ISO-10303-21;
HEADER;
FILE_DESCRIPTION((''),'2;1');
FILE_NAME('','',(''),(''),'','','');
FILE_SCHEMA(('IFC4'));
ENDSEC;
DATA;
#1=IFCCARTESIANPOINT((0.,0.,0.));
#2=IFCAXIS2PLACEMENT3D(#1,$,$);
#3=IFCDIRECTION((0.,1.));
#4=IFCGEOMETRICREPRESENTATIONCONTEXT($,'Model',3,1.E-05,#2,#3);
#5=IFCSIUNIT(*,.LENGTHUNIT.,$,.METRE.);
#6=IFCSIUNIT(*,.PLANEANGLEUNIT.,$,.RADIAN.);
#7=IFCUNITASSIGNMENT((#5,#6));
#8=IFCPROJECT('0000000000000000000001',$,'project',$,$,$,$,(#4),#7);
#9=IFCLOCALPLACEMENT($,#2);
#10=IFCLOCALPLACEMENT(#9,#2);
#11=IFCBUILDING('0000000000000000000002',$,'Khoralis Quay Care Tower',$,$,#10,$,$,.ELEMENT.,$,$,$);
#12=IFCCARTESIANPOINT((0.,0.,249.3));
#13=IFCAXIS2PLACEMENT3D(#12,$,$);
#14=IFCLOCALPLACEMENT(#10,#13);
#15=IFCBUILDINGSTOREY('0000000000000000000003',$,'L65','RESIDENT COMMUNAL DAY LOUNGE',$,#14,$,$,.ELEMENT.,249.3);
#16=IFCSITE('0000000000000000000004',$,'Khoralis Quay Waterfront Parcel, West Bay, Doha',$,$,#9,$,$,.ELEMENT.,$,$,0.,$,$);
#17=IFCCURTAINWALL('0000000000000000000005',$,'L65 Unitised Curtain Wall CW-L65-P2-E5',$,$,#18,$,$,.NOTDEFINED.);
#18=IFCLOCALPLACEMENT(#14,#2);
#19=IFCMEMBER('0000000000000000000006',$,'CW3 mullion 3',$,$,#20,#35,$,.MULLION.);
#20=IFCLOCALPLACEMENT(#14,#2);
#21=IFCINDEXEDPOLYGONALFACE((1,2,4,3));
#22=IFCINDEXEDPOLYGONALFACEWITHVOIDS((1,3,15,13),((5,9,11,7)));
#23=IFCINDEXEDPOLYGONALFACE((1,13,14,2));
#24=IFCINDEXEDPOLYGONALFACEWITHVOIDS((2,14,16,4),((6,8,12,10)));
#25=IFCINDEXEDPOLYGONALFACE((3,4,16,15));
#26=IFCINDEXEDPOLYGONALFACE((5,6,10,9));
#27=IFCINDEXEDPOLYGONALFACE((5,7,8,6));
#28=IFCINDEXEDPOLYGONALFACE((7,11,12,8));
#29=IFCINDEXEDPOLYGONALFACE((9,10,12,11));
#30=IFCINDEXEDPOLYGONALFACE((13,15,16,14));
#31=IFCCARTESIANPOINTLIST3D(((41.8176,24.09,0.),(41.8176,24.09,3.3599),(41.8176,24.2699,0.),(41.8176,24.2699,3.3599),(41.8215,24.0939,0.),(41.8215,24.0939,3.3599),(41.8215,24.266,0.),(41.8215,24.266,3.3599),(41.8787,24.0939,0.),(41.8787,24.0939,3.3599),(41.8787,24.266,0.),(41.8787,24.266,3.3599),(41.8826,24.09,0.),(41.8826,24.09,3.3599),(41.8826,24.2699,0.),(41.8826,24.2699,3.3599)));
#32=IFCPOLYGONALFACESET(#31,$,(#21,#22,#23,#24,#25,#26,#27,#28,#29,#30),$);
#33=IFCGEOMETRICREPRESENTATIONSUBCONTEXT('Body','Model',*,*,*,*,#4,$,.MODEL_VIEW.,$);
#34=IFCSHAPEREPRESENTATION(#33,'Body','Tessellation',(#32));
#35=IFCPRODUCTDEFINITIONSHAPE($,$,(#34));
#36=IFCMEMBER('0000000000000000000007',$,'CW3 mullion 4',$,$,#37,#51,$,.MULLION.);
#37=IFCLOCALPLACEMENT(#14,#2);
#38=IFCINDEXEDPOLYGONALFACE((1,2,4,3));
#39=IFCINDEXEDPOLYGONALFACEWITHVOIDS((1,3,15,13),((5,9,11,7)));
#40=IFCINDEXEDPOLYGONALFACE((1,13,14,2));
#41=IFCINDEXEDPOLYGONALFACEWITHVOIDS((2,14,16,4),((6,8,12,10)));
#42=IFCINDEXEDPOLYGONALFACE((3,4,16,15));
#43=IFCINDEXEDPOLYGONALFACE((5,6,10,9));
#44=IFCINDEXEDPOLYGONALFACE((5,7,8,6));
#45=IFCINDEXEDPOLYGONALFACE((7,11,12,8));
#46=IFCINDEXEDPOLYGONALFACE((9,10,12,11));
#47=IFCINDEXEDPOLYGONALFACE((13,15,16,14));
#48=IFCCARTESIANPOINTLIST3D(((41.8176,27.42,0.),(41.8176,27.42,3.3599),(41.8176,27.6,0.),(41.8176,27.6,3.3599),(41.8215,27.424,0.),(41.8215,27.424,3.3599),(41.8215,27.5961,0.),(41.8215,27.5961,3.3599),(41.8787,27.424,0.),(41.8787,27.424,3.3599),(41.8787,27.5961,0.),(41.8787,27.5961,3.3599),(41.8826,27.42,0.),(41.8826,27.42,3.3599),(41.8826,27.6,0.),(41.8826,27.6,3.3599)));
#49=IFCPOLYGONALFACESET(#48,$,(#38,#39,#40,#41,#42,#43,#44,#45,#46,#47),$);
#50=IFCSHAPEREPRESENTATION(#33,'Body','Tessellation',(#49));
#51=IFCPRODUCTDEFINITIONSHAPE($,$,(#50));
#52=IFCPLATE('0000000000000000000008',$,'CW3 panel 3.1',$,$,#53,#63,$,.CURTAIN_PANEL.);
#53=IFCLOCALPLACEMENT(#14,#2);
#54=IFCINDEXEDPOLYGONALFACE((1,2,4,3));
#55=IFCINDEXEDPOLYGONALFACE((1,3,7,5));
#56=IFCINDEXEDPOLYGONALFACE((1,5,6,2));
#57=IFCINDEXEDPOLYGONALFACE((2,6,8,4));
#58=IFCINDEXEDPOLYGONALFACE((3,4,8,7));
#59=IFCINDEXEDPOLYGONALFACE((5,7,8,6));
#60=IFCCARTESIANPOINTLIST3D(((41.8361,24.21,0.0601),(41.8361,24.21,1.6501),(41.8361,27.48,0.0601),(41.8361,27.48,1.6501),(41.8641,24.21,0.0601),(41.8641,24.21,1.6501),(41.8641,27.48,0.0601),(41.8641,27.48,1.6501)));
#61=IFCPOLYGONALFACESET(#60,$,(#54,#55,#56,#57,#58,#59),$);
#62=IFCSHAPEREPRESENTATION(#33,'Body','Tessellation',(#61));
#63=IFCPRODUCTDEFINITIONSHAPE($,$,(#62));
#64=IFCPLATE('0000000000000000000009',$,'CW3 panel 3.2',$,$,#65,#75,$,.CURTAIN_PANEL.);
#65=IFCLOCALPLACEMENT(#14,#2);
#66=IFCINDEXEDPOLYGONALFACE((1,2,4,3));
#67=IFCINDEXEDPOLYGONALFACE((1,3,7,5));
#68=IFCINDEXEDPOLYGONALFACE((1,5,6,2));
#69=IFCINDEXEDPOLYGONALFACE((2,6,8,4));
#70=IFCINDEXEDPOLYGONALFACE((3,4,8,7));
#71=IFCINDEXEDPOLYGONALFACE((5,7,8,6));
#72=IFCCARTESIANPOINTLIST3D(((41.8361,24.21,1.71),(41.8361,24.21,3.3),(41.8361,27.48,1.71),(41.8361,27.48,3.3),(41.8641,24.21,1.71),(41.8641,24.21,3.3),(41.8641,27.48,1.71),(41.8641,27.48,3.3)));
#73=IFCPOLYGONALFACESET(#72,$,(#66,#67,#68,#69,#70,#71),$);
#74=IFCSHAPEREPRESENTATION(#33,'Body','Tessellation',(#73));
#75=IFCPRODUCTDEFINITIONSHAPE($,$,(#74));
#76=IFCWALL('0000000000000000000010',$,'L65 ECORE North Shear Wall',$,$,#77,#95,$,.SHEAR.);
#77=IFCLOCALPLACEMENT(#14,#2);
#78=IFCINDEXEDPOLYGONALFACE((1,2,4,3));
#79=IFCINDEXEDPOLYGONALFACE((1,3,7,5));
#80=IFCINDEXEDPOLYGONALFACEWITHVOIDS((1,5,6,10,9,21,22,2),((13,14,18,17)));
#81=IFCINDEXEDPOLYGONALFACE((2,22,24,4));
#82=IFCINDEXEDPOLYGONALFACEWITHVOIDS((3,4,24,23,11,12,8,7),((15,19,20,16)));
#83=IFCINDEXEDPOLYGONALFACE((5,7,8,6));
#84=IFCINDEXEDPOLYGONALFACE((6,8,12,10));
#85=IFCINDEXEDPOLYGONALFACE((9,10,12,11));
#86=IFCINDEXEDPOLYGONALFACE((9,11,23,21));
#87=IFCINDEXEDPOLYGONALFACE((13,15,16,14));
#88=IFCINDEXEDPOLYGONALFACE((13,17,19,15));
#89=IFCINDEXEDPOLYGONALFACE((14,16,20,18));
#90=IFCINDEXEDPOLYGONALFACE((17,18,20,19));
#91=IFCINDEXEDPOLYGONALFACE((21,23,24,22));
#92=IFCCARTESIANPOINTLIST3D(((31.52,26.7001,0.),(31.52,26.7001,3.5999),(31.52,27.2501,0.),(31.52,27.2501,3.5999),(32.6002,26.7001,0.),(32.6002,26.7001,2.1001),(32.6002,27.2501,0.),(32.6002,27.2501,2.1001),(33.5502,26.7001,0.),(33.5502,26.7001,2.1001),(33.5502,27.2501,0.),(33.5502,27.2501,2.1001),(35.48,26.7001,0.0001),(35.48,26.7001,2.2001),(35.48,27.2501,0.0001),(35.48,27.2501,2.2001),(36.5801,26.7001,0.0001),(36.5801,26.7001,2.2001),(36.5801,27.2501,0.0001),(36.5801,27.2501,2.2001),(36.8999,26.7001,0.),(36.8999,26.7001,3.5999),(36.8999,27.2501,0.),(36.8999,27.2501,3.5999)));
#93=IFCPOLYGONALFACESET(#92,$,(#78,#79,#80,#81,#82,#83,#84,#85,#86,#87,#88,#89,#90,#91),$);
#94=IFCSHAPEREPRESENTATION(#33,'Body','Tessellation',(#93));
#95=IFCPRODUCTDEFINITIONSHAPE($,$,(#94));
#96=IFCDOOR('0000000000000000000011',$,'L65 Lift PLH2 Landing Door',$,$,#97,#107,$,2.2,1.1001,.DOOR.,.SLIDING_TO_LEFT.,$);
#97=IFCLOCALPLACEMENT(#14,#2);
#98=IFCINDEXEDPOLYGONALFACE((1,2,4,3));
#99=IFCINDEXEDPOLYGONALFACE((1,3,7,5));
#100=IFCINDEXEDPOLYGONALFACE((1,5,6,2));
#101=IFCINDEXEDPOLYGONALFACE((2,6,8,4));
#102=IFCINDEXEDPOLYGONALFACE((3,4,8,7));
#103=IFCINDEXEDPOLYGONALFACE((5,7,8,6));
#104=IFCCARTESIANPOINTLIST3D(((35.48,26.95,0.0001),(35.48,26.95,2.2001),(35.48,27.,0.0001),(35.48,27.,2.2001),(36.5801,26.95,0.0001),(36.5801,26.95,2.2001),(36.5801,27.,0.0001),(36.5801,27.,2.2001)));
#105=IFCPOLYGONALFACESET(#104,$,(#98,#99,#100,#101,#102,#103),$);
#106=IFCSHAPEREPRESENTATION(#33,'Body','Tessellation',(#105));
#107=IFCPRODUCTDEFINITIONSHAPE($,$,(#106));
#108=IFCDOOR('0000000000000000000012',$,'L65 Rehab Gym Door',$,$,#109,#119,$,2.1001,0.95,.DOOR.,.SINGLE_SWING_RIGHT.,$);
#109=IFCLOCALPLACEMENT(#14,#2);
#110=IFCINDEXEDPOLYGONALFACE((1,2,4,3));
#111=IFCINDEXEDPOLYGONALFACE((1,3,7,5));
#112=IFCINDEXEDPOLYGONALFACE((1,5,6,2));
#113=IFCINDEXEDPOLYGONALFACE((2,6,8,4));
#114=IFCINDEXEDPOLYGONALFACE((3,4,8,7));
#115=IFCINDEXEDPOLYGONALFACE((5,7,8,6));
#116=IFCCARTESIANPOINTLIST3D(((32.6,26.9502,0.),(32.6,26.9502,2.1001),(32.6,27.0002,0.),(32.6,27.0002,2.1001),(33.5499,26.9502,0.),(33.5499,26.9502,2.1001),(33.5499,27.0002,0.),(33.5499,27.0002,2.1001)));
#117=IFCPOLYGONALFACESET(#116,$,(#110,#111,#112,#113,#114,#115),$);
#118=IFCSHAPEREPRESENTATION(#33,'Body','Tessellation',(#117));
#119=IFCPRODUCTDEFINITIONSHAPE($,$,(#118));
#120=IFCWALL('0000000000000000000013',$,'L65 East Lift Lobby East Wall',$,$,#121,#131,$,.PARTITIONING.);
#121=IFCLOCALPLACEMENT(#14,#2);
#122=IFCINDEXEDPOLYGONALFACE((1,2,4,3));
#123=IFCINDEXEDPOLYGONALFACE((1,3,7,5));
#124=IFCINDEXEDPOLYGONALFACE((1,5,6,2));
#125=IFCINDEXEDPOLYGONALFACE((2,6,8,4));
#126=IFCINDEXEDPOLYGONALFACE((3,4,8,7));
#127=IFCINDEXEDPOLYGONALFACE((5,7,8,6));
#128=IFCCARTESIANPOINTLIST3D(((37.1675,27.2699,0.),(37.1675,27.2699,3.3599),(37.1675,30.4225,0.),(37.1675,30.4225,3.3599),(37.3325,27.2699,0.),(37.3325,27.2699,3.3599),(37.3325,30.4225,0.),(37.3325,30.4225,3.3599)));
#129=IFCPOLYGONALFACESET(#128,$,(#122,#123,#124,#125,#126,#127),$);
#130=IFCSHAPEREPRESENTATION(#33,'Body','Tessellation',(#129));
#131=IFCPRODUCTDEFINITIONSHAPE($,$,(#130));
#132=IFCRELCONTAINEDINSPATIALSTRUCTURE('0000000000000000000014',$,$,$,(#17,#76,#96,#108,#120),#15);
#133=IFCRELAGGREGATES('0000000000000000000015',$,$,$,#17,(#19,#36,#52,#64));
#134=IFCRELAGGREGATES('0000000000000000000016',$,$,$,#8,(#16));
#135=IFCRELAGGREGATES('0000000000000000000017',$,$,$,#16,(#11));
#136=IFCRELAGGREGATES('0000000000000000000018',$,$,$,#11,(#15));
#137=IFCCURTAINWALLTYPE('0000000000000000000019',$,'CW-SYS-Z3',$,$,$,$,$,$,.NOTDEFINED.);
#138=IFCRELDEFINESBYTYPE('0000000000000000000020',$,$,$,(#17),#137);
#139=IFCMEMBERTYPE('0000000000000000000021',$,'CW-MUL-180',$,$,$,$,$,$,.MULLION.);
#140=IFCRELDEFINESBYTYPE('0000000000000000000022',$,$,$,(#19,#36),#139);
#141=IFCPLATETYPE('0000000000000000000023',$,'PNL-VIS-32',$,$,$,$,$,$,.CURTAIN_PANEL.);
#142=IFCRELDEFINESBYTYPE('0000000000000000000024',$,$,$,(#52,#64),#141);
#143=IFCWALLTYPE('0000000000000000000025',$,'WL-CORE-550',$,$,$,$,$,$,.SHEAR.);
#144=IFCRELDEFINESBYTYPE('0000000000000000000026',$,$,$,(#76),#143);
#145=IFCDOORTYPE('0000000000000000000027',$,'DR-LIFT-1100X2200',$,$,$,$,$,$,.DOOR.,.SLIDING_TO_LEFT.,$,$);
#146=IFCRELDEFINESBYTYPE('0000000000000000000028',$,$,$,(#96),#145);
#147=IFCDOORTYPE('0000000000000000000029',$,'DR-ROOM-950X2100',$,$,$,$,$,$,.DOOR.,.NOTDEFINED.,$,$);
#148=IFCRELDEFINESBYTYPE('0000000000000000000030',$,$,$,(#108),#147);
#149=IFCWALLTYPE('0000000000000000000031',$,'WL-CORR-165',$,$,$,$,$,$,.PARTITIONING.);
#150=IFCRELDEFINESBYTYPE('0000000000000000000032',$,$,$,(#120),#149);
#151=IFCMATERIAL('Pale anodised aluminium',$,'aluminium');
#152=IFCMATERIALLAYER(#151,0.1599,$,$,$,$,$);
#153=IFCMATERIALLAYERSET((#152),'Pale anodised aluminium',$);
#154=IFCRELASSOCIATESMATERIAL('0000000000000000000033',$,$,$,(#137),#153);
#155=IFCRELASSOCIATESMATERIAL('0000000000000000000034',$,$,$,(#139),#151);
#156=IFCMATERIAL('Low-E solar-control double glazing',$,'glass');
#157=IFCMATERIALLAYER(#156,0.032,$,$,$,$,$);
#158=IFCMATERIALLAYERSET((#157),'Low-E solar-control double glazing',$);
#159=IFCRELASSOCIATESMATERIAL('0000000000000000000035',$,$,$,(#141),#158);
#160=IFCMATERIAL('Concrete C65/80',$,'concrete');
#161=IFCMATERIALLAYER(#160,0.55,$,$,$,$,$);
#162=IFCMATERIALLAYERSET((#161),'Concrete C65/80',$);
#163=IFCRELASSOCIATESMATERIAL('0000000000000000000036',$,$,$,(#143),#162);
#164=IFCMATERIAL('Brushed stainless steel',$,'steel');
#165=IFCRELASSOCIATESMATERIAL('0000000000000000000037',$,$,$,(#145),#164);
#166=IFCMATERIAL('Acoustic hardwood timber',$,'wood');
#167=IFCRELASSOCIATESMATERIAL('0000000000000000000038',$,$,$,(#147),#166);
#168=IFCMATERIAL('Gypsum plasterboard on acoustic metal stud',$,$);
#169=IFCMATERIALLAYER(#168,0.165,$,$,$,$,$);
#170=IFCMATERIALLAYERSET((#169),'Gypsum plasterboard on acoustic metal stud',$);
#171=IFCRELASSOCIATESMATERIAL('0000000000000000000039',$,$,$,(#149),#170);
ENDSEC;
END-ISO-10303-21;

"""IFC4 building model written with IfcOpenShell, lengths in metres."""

from ifc_helpers import new_model, si_unit, direction, frame, frame_2d, origin, origin_2d, place, context, subcontext, project, spatial, rectangle, hollow_rectangle, extrude, source, transform, mapped, material, layer, layer_set, material_profile, profile_set, type_object, element, fill, aggregate, save


model = new_model("IFC4")

# Units and contexts
model_context = context("Model", 3, precision=1e-05, world=origin(), true_north=direction((0.0, 1.0)))
body_context = subcontext(model_context, "Body", "Model", "MODEL_VIEW")
ifc_project = project(units=[si_unit("LENGTHUNIT", "METRE"), si_unit("PLANEANGLEUNIT", "RADIAN")], contexts=[model_context])

# Site, building, storey
site_placement = place(None, origin())
site = spatial("IfcSite", under=ifc_project, at=site_placement, Name="Khoralis Quay Waterfront Parcel, West Bay, Doha", CompositionType="ELEMENT", RefElevation=0.0)
building_placement = place(site_placement, origin())
building = spatial("IfcBuilding", under=site, at=building_placement, Name="Khoralis Quay Care Tower", CompositionType="ELEMENT")
storey_placement = place(building_placement, frame((0.0, 0.0, 249.3)))
storey = spatial("IfcBuildingStorey", under=building, at=storey_placement, Name="L65", Description="RESIDENT COMMUNAL DAY LOUNGE", CompositionType="ELEMENT", Elevation=249.3)

# Curtain wall, members, plates
ifc_material_1 = material(Name="Pale anodised aluminium", Category="aluminium")
ifc_layer_1 = layer(ifc_material_1, 0.1599)
ifc_layer_set_1 = layer_set([ifc_layer_1], Name="Pale anodised aluminium")
curtain_wall_type = type_object("IfcCurtainWallType", Name="CW-SYS-Z3", PredefinedType="NOTDEFINED", material=ifc_layer_set_1)
curtain_wall_placement = place(storey_placement, origin())
curtain_wall = element("IfcCurtainWall", 1, at=curtain_wall_placement, inside=storey, type_object=curtain_wall_type, Name="L65 Unitised Curtain Wall CW-L65-P2-E5", PredefinedType="NOTDEFINED")
ifc_material_profile_1 = material_profile(ifc_material_1, hollow_rectangle(XDim=0.0649, YDim=0.1799, WallThickness=0.0039, at=origin_2d()), Name="Pale anodised aluminium")
ifc_profile_set_1 = profile_set([ifc_material_profile_1], Name="Pale anodised aluminium")
member_type_1 = type_object("IfcMemberType", Name="CW-MUL-180", PredefinedType="MULLION", material=ifc_profile_set_1)
shared_shape_1 = source(origin(), body_context, "Body", "SweptSolid", [
    extrude(hollow_rectangle(XDim=0.0649, YDim=0.1799, WallThickness=0.0039, at=origin_2d()), origin(), (0.0, 0.0, 1.0), 3.3599),
])
member_1_placement = place(storey_placement, frame((41.8501, 24.1799, 0.0), z_axis=(0.0, 0.0, 1.0), x_axis=(-1.0, 0.0, 0.0)))
member_1 = element("IfcMember", 2, at=member_1_placement, type_object=member_type_1, Name="CW3 mullion 3", PredefinedType="MULLION", context=body_context, shape_type="MappedRepresentation", body=[
    mapped(shared_shape_1, transform((0.0, 0.0, 0.0), scale=1.0)),
])
member_2_placement = place(storey_placement, frame((41.8501, 27.51, 0.0), z_axis=(0.0, 0.0, 1.0), x_axis=(-1.0, 0.0, 0.0)))
member_2 = element("IfcMember", 3, at=member_2_placement, type_object=member_type_1, Name="CW3 mullion 4", PredefinedType="MULLION", context=body_context, shape_type="MappedRepresentation", body=[
    mapped(shared_shape_1, transform((0.0, 0.0, 0.0), scale=1.0)),
])
ifc_material_2 = material(Name="Low-E solar-control double glazing", Category="glass")
ifc_layer_2 = layer(ifc_material_2, 0.032)
ifc_layer_set_2 = layer_set([ifc_layer_2], Name="Low-E solar-control double glazing")
plate_type = type_object("IfcPlateType", Name="PNL-VIS-32", PredefinedType="CURTAIN_PANEL", material=ifc_layer_set_2)
shared_shape_2 = source(origin(), body_context, "Body", "SweptSolid", [
    extrude(rectangle(XDim=3.27, YDim=0.0281, at=origin_2d()), origin(), (0.0, 0.0, 1.0), 1.5901),
])
plate_1_placement = place(storey_placement, frame((41.8501, 25.845, 0.0601), z_axis=(0.0, 0.0, 1.0), x_axis=(0.0, 1.0, 0.0)))
plate_1 = element("IfcPlate", 4, at=plate_1_placement, type_object=plate_type, Name="CW3 panel 3.1", PredefinedType="CURTAIN_PANEL", context=body_context, shape_type="MappedRepresentation", body=[
    mapped(shared_shape_2, transform((0.0, 0.0, 0.0), scale=1.0)),
])
plate_2_placement = place(storey_placement, frame((41.8501, 25.845, 1.71), z_axis=(0.0, 0.0, 1.0), x_axis=(0.0, 1.0, 0.0)))
plate_2 = element("IfcPlate", 5, at=plate_2_placement, type_object=plate_type, Name="CW3 panel 3.2", PredefinedType="CURTAIN_PANEL", context=body_context, shape_type="MappedRepresentation", body=[
    mapped(shared_shape_2, transform((0.0, 0.0, 0.0), scale=1.0)),
])
aggregate(curtain_wall, [member_1, member_2, plate_1, plate_2])

# Wall, openings, doors
ifc_material_3 = material(Name="Concrete C65/80", Category="concrete")
ifc_layer_3 = layer(ifc_material_3, 0.55)
ifc_layer_set_3 = layer_set([ifc_layer_3], Name="Concrete C65/80")
wall_type_1 = type_object("IfcWallType", Name="WL-CORE-550", PredefinedType="SHEAR", material=ifc_layer_set_3)
wall_1_placement = place(storey_placement, frame((31.52, 26.9751, 0.0), z_axis=(0.0, 0.0, 1.0), x_axis=(1.0, 0.0, 0.0)))
wall_1 = element("IfcWall", 6, at=wall_1_placement, inside=storey, type_object=wall_type_1, Name="L65 ECORE North Shear Wall", PredefinedType="SHEAR", context=body_context, shape_type="SweptSolid", body=[
    extrude(rectangle(XDim=5.3799, YDim=0.55, at=frame_2d((2.6899, 0.0))), origin(), (0.0, 0.0, 1.0), 3.5999),
])
opening_1_placement = place(wall_1_placement, frame((1.0801, 0.0, 0.0)))
opening_1 = element("IfcOpeningElement", 7, at=opening_1_placement, cuts=wall_1, PredefinedType="OPENING", context=body_context, shape_type="SweptSolid", body=[
    extrude(rectangle(XDim=0.95, YDim=2.1001, at=frame_2d((0.4751, 1.05))), frame((0.0, 0.2852, 0.0), z_axis=(0.0, -1.0, 0.0), x_axis=(1.0, 0.0, 0.0)), (0.0, 0.0, 1.0), 0.5701),
])
opening_2_placement = place(wall_1_placement, frame((3.96, 0.0, 0.0)))
opening_2 = element("IfcOpeningElement", 8, at=opening_2_placement, cuts=wall_1, PredefinedType="OPENING", context=body_context, shape_type="SweptSolid", body=[
    extrude(rectangle(XDim=1.1001, YDim=2.2, at=frame_2d((0.55, 1.1001))), frame((0.0, 0.2852, 0.0), z_axis=(0.0, -1.0, 0.0), x_axis=(1.0, 0.0, 0.0)), (0.0, 0.0, 1.0), 0.5701),
])
ifc_material_4 = material(Name="Brushed stainless steel", Category="steel")
door_type_1 = type_object("IfcDoorType", Name="DR-LIFT-1100X2200", OperationType="SLIDING_TO_LEFT", PredefinedType="DOOR", material=ifc_material_4)
shared_shape_3 = source(origin(), body_context, "Body", "SweptSolid", [
    extrude(rectangle(XDim=1.1001, YDim=2.2, at=frame_2d((0.55, 1.1001))), frame((0.0, 0.0249, 0.0), z_axis=(0.0, -1.0, 0.0), x_axis=(1.0, 0.0, 0.0)), (0.0, 0.0, 1.0), 0.05),
])
door_1_placement = place(opening_2_placement, origin())
door_1 = element("IfcDoor", 9, at=door_1_placement, inside=storey, type_object=door_type_1, Name="L65 Lift PLH2 Landing Door", OperationType="SLIDING_TO_LEFT", OverallHeight=2.2, OverallWidth=1.1001, PredefinedType="DOOR", context=body_context, shape_type="MappedRepresentation", body=[
    mapped(shared_shape_3, transform((0.0, 0.0, 0.0), scale=1.0)),
])
fill(opening_2, door_1)
ifc_material_5 = material(Name="Acoustic hardwood timber", Category="wood")
door_type_2 = type_object("IfcDoorType", Name="DR-ROOM-950X2100", OperationType="NOTDEFINED", PredefinedType="DOOR", material=ifc_material_5)
shared_shape_4 = source(origin(), body_context, "Body", "SweptSolid", [
    extrude(rectangle(XDim=0.95, YDim=2.1001, at=frame_2d((0.4751, 1.05))), frame((0.0, 0.0249, 0.0), z_axis=(0.0, -1.0, 0.0), x_axis=(1.0, 0.0, 0.0)), (0.0, 0.0, 1.0), 0.05),
])
door_2_placement = place(opening_1_placement, frame((0.95, 0.0, 0.0), z_axis=(0.0, 0.0, 1.0), x_axis=(-1.0, 0.0, 0.0)))
door_2 = element("IfcDoor", 10, at=door_2_placement, inside=storey, type_object=door_type_2, Name="L65 Rehab Gym Door", OperationType="SINGLE_SWING_RIGHT", OverallHeight=2.1001, OverallWidth=0.95, PredefinedType="DOOR", context=body_context, shape_type="MappedRepresentation", body=[
    mapped(shared_shape_4, transform((0.0, 0.0, 0.0), scale=1.0)),
])
fill(opening_1, door_2)

# Wall
ifc_material_6 = material(Name="Gypsum plasterboard on acoustic metal stud")
ifc_layer_4 = layer(ifc_material_6, 0.165)
ifc_layer_set_4 = layer_set([ifc_layer_4], Name="Gypsum plasterboard on acoustic metal stud")
wall_type_2 = type_object("IfcWallType", Name="WL-CORR-165", PredefinedType="PARTITIONING", material=ifc_layer_set_4)
wall_2_placement = place(storey_placement, frame((37.25, 27.27, 0.0), z_axis=(0.0, 0.0, 1.0), x_axis=(0.0, 1.0, 0.0)))
element("IfcWall", 11, at=wall_2_placement, inside=storey, type_object=wall_type_2, Name="L65 East Lift Lobby East Wall", PredefinedType="PARTITIONING", context=body_context, shape_type="SweptSolid", body=[
    extrude(rectangle(XDim=3.1526, YDim=0.165, at=frame_2d((1.5762, 0.0))), origin(), (0.0, 0.0, 1.0), 3.3599),
])

save(model, "model.ifc")
